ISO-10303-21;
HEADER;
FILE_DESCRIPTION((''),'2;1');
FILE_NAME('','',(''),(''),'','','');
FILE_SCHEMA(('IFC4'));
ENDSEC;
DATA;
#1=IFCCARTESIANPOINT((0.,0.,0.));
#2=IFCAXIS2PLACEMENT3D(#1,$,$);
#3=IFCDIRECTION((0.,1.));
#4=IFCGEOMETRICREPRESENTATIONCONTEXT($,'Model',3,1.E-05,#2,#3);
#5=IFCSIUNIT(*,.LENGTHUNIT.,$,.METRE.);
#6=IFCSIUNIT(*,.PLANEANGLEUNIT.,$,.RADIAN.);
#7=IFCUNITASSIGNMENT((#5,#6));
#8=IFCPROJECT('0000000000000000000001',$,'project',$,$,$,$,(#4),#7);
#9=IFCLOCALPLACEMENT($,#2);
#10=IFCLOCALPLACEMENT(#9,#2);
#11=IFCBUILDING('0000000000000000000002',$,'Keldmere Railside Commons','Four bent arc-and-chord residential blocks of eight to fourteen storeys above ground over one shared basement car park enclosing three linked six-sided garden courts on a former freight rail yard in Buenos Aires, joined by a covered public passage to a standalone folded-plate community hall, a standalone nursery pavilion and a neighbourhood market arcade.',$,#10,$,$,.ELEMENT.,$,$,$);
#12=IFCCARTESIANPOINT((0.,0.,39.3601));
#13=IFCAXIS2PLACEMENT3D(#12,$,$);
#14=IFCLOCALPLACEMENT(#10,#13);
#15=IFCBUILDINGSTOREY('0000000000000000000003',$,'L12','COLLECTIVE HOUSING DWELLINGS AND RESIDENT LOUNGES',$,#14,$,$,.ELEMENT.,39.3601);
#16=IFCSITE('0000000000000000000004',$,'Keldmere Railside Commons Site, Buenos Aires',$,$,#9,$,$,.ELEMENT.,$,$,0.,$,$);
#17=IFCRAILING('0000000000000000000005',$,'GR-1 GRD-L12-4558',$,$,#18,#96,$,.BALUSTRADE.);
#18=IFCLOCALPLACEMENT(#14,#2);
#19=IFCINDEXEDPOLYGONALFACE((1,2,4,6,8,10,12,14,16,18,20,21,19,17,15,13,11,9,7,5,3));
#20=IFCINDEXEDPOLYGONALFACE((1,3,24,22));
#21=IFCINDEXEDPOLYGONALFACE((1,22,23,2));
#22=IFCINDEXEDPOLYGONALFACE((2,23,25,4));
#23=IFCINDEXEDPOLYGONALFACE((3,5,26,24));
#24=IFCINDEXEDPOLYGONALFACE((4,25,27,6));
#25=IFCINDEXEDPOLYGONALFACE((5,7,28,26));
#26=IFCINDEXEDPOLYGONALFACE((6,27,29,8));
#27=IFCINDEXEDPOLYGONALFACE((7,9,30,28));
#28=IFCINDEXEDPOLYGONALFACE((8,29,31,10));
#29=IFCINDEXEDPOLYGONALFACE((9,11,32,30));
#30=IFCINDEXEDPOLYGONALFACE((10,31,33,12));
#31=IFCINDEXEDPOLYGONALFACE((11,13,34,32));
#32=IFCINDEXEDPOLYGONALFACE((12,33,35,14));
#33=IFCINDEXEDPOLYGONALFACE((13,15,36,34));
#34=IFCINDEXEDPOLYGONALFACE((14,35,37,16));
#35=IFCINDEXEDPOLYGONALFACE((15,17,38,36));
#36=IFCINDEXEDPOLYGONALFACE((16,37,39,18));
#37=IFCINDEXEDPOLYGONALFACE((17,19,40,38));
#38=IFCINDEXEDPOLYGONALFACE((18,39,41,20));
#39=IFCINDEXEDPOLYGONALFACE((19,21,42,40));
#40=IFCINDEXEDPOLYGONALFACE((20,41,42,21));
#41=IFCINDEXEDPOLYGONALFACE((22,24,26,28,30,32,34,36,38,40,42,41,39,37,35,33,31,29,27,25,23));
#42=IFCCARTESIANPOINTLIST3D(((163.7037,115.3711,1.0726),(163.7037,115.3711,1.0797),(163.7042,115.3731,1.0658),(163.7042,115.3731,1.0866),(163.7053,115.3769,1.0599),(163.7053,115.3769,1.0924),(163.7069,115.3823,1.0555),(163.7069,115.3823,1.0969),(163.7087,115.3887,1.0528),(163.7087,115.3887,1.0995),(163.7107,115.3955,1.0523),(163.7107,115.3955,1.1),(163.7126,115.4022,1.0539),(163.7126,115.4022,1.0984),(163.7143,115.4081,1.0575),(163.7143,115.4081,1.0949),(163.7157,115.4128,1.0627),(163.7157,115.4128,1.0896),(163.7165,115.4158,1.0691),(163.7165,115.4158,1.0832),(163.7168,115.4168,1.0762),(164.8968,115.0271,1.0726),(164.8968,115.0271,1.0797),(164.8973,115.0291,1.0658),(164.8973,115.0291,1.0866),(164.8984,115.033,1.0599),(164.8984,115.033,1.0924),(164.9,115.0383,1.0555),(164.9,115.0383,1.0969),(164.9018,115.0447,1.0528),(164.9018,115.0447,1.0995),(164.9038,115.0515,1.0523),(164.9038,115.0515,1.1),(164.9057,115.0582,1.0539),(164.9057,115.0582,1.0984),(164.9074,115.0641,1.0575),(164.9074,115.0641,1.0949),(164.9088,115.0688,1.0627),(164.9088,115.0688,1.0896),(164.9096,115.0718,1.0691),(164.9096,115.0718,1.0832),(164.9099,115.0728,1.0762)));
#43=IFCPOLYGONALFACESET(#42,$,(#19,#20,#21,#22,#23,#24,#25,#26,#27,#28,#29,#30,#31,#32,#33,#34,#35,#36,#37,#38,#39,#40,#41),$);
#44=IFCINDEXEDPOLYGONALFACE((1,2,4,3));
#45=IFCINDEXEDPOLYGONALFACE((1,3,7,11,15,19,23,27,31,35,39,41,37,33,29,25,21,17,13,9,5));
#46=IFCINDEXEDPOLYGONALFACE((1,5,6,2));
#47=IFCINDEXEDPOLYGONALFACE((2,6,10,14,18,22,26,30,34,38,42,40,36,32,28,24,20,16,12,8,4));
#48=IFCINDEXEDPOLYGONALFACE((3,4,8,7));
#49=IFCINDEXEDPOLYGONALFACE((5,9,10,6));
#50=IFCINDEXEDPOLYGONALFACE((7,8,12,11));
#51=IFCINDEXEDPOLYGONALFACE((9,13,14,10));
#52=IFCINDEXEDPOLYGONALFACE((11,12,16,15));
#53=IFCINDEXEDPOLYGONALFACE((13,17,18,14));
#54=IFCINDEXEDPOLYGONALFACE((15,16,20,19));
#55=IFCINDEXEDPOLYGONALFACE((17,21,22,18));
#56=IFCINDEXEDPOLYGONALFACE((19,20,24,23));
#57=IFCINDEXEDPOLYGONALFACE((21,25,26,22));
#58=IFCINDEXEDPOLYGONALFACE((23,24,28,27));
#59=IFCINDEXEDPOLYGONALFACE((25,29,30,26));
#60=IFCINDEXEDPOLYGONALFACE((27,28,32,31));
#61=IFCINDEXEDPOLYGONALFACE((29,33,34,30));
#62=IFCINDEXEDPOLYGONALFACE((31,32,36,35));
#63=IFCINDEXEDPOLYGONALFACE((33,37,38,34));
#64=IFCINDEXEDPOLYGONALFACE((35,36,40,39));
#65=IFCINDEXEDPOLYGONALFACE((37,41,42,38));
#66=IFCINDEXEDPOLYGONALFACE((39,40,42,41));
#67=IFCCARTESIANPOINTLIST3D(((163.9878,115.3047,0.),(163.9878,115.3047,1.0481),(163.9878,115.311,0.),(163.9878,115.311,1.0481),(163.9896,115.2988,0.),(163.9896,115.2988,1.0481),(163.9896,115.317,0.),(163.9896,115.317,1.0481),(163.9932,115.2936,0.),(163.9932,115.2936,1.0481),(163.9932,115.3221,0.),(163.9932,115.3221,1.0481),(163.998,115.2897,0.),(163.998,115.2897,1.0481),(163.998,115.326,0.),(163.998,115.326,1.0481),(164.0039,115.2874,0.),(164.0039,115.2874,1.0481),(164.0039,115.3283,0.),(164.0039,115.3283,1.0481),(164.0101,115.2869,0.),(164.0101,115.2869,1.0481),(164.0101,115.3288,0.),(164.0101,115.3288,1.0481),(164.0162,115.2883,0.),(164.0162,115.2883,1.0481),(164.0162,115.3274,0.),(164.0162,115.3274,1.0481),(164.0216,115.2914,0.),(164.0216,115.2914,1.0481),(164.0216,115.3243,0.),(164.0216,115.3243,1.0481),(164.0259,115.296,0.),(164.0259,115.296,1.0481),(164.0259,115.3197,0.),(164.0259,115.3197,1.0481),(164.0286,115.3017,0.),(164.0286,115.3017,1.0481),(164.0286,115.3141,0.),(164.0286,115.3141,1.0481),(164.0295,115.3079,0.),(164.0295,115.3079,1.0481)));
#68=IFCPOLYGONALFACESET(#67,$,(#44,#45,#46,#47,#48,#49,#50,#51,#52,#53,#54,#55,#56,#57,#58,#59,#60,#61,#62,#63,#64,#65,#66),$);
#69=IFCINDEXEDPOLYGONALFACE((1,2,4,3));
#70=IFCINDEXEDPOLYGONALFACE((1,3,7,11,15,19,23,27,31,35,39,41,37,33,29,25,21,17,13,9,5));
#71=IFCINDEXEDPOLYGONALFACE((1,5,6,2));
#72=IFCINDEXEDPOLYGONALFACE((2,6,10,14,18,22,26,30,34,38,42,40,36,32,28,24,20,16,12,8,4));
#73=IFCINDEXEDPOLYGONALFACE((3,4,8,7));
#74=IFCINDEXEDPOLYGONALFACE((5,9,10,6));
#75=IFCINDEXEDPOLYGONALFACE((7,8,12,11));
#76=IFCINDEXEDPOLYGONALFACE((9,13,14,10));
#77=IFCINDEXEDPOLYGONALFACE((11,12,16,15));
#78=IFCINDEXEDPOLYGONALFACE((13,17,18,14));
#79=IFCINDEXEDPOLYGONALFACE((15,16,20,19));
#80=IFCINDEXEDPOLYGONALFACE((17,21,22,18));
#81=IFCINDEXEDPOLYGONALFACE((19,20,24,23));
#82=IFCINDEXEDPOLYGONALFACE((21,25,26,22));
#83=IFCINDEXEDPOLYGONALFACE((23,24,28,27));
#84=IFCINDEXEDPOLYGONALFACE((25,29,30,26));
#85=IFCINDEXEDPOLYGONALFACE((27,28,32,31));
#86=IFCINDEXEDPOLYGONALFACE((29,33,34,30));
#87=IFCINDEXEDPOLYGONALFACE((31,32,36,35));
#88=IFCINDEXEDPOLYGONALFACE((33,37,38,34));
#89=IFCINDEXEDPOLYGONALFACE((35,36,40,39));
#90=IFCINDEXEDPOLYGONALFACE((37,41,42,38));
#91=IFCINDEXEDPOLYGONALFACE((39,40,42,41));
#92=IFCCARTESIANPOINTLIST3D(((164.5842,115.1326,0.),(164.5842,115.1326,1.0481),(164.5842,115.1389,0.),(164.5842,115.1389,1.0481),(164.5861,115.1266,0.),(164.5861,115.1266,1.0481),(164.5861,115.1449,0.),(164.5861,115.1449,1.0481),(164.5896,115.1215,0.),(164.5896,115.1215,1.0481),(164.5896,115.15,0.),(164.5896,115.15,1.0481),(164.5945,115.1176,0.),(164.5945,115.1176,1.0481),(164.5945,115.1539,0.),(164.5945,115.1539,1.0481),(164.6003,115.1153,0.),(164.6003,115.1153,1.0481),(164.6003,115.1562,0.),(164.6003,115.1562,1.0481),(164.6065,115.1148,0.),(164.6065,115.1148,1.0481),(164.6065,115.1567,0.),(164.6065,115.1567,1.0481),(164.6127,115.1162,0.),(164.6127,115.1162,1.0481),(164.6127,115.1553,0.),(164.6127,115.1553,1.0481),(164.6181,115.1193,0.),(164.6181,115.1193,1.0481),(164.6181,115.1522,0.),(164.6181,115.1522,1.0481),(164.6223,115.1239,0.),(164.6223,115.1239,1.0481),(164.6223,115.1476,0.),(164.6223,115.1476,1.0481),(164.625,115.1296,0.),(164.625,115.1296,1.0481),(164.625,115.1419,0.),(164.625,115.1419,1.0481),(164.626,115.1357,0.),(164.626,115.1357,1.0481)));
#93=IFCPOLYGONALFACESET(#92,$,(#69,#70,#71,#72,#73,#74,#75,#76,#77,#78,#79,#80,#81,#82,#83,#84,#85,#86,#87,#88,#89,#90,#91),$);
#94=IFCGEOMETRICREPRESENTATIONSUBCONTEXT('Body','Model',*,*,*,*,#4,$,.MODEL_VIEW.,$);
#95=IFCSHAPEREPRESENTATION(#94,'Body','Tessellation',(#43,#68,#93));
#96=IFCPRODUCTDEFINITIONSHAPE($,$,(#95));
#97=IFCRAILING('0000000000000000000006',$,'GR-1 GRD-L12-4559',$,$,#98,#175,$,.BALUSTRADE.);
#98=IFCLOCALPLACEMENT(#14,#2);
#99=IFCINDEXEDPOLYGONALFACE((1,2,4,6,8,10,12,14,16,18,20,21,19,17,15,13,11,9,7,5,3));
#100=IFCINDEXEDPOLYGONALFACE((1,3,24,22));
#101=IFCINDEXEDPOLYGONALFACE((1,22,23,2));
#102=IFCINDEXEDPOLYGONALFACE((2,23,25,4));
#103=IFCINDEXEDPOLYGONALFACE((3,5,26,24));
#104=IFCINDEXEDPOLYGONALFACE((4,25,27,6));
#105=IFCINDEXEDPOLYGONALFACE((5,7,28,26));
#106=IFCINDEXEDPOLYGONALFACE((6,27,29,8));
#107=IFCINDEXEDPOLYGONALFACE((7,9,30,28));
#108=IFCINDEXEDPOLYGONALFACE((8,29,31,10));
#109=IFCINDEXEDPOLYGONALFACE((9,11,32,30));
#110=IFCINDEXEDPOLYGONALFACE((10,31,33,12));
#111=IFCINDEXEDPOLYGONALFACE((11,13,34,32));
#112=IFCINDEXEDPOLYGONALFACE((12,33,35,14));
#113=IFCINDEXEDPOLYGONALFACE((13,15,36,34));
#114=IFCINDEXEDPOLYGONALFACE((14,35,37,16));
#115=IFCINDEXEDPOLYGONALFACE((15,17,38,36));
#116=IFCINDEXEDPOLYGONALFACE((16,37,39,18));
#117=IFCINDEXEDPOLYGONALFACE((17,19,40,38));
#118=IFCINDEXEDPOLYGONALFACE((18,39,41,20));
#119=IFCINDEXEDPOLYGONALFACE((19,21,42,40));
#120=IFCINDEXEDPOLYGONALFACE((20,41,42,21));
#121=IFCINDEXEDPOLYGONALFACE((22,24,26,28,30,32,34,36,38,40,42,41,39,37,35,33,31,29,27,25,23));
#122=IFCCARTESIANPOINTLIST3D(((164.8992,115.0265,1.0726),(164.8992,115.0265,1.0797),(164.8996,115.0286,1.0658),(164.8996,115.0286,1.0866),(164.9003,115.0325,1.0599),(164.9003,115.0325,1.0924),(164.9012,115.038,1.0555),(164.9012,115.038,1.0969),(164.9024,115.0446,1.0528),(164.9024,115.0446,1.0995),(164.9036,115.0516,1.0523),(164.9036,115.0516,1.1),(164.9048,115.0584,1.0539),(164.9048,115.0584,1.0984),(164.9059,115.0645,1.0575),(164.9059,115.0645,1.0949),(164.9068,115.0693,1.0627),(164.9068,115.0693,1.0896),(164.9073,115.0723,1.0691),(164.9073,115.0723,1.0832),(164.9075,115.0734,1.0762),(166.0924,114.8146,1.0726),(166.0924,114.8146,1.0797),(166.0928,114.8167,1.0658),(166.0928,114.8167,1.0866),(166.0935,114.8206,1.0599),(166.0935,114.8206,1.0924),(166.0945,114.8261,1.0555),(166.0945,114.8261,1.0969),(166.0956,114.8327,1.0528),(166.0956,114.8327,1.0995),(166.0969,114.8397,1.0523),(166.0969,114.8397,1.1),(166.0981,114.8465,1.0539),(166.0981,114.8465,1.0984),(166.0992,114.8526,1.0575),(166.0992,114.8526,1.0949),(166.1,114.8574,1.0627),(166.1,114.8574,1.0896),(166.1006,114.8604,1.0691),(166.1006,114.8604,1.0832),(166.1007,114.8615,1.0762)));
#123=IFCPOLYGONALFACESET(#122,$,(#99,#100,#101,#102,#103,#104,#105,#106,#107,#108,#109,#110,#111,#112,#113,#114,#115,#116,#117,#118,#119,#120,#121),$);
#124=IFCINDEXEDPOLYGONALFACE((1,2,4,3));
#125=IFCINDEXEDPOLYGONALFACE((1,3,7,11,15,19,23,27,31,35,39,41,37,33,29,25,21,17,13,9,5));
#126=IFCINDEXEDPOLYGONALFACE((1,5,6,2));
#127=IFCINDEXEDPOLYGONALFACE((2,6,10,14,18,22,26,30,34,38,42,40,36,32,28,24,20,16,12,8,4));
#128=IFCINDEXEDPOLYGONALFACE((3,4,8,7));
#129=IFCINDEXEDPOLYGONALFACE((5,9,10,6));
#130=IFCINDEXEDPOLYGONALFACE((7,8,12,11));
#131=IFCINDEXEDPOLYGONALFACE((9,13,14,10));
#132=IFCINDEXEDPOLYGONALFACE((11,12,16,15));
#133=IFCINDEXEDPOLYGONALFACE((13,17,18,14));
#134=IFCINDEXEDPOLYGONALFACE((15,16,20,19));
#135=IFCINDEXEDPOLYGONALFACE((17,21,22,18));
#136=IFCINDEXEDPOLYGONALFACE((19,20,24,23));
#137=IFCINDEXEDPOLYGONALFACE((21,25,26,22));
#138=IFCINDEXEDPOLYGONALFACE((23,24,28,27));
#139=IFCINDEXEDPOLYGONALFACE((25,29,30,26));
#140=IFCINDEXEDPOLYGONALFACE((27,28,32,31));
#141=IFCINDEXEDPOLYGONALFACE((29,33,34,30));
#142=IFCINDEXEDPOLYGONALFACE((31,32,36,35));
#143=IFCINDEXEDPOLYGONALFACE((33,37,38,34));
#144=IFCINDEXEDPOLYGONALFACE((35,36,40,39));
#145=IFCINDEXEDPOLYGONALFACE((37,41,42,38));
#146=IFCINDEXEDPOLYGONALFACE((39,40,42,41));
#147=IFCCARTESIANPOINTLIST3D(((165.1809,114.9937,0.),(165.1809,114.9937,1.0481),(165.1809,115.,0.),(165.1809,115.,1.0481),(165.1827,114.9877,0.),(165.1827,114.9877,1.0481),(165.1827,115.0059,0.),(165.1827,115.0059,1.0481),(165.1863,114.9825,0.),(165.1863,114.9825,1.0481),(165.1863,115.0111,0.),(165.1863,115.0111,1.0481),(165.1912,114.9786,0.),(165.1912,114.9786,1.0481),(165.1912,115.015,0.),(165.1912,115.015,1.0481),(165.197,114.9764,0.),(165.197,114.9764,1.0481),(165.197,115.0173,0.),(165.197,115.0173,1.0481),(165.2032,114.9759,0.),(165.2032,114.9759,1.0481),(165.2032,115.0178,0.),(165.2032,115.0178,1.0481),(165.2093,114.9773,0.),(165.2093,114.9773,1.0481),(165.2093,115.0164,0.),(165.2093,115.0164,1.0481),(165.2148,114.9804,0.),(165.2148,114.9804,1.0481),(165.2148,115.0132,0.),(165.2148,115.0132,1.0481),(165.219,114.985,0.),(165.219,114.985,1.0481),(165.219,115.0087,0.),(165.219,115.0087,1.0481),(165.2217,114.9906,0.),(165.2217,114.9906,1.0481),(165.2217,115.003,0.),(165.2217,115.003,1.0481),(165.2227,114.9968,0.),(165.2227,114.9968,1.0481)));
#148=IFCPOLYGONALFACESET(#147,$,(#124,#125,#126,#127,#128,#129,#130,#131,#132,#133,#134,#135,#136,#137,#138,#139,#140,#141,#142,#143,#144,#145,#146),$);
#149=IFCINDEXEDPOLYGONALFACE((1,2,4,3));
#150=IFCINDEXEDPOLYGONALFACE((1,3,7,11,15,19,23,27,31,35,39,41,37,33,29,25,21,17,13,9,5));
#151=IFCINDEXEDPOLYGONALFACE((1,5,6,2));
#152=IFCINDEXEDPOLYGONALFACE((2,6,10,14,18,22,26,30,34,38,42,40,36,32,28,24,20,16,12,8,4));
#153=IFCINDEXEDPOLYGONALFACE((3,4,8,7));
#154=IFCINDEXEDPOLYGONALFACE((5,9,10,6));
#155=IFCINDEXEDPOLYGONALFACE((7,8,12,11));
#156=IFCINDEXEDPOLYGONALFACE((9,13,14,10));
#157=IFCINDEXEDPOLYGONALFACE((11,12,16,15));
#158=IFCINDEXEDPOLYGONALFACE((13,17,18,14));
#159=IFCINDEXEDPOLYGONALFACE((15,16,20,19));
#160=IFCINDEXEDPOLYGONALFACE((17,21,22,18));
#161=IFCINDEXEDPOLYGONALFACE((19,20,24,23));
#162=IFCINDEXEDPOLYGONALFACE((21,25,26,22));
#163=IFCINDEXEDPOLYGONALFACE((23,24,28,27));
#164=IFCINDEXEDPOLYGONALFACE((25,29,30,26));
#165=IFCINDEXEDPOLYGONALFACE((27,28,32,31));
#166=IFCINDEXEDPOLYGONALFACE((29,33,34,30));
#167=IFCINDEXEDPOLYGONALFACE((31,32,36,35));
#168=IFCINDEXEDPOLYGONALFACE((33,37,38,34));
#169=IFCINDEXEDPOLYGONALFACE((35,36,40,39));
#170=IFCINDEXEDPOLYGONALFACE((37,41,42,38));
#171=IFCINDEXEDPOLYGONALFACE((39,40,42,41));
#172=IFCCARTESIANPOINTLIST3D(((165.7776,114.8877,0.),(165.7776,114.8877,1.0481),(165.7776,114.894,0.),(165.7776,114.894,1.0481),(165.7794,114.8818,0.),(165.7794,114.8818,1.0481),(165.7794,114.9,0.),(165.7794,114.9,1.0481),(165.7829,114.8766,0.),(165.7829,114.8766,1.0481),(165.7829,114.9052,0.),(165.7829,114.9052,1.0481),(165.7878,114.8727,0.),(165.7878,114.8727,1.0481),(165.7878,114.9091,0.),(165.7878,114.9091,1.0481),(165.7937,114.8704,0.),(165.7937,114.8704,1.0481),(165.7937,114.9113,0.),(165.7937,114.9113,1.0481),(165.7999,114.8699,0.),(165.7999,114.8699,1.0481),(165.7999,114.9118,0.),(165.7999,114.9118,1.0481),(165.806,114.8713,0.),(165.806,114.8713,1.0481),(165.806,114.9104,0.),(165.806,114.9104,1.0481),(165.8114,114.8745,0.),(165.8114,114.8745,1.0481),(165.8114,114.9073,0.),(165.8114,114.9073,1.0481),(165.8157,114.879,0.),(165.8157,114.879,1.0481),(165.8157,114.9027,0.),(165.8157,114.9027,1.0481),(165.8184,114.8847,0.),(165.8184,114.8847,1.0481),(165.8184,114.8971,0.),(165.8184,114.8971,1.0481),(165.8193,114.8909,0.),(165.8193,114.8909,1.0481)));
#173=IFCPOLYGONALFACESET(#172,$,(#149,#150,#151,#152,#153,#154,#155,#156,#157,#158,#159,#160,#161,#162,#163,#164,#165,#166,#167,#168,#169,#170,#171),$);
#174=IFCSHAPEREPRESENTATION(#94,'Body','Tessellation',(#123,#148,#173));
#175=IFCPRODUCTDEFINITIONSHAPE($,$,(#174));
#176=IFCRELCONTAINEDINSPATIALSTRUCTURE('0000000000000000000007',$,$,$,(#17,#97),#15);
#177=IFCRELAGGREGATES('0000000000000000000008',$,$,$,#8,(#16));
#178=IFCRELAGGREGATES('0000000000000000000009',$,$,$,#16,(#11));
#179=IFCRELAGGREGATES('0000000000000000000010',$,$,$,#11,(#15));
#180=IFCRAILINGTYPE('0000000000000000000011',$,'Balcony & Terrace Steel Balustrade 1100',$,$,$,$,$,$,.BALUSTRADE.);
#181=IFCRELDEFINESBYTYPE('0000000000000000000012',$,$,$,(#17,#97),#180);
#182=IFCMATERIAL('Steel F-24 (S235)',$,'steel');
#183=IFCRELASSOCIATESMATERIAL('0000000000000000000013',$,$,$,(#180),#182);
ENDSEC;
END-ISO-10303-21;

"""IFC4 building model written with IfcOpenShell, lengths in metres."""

from ifc_helpers import new_model, si_unit, direction, frame, origin, origin_2d, place, context, subcontext, project, spatial, circle, extrude, material, type_object, element, save


model = new_model("IFC4")

# Units and contexts
model_context = context("Model", 3, precision=1e-05, world=origin(), true_north=direction((0.0, 1.0)))
body_context = subcontext(model_context, "Body", "Model", "MODEL_VIEW")
ifc_project = project(units=[si_unit("LENGTHUNIT", "METRE"), si_unit("PLANEANGLEUNIT", "RADIAN")], contexts=[model_context])

# Site, building, storey
site_placement = place(None, origin())
site = spatial("IfcSite", under=ifc_project, at=site_placement, Name="Keldmere Railside Commons Site, Buenos Aires", CompositionType="ELEMENT", RefElevation=0.0)
building_placement = place(site_placement, origin())
building = spatial("IfcBuilding", under=site, at=building_placement, Name="Keldmere Railside Commons", Description="Four bent arc-and-chord residential blocks of eight to fourteen storeys above ground over one shared basement car park enclosing three linked six-sided garden courts on a former freight rail yard in Buenos Aires, joined by a covered public passage to a standalone folded-plate community hall, a standalone nursery pavilion and a neighbourhood market arcade.", CompositionType="ELEMENT")
storey_placement = place(building_placement, frame((0.0, 0.0, 39.3601)))
storey = spatial("IfcBuildingStorey", under=building, at=storey_placement, Name="L12", Description="COLLECTIVE HOUSING DWELLINGS AND RESIDENT LOUNGES", CompositionType="ELEMENT", Elevation=39.3601)

# Railings
ifc_material_1 = material(Name="Steel F-24 (S235)", Category="steel")
railing_type = type_object("IfcRailingType", Name="Balcony & Terrace Steel Balustrade 1100", PredefinedType="BALUSTRADE", material=ifc_material_1)
railing_1_placement = place(storey_placement, frame((163.7102, 115.3938, 0.0)))
element("IfcRailing", 1, at=railing_1_placement, inside=storey, type_object=railing_type, Name="GR-1 GRD-L12-4558", PredefinedType="BALUSTRADE", context=body_context, shape_type="SweptSolid", body=[
    extrude(circle(Radius=0.0239, at=origin_2d()), frame((0.0, 0.0, 1.0762), z_axis=(0.960861, -0.277031, 0.0), x_axis=(0.277031, 0.960861, 0.0)), (0.0, 0.0, 1.0), 1.2417),
    extrude(circle(Radius=0.021, at=origin_2d()), frame((0.2983, -0.0859, 0.0)), (0.0, 0.0, 1.0), 1.0481),
    extrude(circle(Radius=0.021, at=origin_2d()), frame((0.8948, -0.2581, 0.0)), (0.0, 0.0, 1.0), 1.0481),
])
railing_2_placement = place(storey_placement, frame((164.9033, 115.0498, 0.0)))
element("IfcRailing", 2, at=railing_2_placement, inside=storey, type_object=railing_type, Name="GR-1 GRD-L12-4559", PredefinedType="BALUSTRADE", context=body_context, shape_type="SweptSolid", body=[
    extrude(circle(Radius=0.0239, at=origin_2d()), frame((0.0, 0.0, 1.0762), z_axis=(0.984596, -0.174842, 0.0), x_axis=(0.174842, 0.984596, 0.0)), (0.0, 0.0, 1.0), 1.2119),
    extrude(circle(Radius=0.021, at=origin_2d()), frame((0.2983, -0.053, 0.0)), (0.0, 0.0, 1.0), 1.0481),
    extrude(circle(Radius=0.021, at=origin_2d()), frame((0.895, -0.1589, 0.0)), (0.0, 0.0, 1.0), 1.0481),
])

save(model, "model.ifc")
